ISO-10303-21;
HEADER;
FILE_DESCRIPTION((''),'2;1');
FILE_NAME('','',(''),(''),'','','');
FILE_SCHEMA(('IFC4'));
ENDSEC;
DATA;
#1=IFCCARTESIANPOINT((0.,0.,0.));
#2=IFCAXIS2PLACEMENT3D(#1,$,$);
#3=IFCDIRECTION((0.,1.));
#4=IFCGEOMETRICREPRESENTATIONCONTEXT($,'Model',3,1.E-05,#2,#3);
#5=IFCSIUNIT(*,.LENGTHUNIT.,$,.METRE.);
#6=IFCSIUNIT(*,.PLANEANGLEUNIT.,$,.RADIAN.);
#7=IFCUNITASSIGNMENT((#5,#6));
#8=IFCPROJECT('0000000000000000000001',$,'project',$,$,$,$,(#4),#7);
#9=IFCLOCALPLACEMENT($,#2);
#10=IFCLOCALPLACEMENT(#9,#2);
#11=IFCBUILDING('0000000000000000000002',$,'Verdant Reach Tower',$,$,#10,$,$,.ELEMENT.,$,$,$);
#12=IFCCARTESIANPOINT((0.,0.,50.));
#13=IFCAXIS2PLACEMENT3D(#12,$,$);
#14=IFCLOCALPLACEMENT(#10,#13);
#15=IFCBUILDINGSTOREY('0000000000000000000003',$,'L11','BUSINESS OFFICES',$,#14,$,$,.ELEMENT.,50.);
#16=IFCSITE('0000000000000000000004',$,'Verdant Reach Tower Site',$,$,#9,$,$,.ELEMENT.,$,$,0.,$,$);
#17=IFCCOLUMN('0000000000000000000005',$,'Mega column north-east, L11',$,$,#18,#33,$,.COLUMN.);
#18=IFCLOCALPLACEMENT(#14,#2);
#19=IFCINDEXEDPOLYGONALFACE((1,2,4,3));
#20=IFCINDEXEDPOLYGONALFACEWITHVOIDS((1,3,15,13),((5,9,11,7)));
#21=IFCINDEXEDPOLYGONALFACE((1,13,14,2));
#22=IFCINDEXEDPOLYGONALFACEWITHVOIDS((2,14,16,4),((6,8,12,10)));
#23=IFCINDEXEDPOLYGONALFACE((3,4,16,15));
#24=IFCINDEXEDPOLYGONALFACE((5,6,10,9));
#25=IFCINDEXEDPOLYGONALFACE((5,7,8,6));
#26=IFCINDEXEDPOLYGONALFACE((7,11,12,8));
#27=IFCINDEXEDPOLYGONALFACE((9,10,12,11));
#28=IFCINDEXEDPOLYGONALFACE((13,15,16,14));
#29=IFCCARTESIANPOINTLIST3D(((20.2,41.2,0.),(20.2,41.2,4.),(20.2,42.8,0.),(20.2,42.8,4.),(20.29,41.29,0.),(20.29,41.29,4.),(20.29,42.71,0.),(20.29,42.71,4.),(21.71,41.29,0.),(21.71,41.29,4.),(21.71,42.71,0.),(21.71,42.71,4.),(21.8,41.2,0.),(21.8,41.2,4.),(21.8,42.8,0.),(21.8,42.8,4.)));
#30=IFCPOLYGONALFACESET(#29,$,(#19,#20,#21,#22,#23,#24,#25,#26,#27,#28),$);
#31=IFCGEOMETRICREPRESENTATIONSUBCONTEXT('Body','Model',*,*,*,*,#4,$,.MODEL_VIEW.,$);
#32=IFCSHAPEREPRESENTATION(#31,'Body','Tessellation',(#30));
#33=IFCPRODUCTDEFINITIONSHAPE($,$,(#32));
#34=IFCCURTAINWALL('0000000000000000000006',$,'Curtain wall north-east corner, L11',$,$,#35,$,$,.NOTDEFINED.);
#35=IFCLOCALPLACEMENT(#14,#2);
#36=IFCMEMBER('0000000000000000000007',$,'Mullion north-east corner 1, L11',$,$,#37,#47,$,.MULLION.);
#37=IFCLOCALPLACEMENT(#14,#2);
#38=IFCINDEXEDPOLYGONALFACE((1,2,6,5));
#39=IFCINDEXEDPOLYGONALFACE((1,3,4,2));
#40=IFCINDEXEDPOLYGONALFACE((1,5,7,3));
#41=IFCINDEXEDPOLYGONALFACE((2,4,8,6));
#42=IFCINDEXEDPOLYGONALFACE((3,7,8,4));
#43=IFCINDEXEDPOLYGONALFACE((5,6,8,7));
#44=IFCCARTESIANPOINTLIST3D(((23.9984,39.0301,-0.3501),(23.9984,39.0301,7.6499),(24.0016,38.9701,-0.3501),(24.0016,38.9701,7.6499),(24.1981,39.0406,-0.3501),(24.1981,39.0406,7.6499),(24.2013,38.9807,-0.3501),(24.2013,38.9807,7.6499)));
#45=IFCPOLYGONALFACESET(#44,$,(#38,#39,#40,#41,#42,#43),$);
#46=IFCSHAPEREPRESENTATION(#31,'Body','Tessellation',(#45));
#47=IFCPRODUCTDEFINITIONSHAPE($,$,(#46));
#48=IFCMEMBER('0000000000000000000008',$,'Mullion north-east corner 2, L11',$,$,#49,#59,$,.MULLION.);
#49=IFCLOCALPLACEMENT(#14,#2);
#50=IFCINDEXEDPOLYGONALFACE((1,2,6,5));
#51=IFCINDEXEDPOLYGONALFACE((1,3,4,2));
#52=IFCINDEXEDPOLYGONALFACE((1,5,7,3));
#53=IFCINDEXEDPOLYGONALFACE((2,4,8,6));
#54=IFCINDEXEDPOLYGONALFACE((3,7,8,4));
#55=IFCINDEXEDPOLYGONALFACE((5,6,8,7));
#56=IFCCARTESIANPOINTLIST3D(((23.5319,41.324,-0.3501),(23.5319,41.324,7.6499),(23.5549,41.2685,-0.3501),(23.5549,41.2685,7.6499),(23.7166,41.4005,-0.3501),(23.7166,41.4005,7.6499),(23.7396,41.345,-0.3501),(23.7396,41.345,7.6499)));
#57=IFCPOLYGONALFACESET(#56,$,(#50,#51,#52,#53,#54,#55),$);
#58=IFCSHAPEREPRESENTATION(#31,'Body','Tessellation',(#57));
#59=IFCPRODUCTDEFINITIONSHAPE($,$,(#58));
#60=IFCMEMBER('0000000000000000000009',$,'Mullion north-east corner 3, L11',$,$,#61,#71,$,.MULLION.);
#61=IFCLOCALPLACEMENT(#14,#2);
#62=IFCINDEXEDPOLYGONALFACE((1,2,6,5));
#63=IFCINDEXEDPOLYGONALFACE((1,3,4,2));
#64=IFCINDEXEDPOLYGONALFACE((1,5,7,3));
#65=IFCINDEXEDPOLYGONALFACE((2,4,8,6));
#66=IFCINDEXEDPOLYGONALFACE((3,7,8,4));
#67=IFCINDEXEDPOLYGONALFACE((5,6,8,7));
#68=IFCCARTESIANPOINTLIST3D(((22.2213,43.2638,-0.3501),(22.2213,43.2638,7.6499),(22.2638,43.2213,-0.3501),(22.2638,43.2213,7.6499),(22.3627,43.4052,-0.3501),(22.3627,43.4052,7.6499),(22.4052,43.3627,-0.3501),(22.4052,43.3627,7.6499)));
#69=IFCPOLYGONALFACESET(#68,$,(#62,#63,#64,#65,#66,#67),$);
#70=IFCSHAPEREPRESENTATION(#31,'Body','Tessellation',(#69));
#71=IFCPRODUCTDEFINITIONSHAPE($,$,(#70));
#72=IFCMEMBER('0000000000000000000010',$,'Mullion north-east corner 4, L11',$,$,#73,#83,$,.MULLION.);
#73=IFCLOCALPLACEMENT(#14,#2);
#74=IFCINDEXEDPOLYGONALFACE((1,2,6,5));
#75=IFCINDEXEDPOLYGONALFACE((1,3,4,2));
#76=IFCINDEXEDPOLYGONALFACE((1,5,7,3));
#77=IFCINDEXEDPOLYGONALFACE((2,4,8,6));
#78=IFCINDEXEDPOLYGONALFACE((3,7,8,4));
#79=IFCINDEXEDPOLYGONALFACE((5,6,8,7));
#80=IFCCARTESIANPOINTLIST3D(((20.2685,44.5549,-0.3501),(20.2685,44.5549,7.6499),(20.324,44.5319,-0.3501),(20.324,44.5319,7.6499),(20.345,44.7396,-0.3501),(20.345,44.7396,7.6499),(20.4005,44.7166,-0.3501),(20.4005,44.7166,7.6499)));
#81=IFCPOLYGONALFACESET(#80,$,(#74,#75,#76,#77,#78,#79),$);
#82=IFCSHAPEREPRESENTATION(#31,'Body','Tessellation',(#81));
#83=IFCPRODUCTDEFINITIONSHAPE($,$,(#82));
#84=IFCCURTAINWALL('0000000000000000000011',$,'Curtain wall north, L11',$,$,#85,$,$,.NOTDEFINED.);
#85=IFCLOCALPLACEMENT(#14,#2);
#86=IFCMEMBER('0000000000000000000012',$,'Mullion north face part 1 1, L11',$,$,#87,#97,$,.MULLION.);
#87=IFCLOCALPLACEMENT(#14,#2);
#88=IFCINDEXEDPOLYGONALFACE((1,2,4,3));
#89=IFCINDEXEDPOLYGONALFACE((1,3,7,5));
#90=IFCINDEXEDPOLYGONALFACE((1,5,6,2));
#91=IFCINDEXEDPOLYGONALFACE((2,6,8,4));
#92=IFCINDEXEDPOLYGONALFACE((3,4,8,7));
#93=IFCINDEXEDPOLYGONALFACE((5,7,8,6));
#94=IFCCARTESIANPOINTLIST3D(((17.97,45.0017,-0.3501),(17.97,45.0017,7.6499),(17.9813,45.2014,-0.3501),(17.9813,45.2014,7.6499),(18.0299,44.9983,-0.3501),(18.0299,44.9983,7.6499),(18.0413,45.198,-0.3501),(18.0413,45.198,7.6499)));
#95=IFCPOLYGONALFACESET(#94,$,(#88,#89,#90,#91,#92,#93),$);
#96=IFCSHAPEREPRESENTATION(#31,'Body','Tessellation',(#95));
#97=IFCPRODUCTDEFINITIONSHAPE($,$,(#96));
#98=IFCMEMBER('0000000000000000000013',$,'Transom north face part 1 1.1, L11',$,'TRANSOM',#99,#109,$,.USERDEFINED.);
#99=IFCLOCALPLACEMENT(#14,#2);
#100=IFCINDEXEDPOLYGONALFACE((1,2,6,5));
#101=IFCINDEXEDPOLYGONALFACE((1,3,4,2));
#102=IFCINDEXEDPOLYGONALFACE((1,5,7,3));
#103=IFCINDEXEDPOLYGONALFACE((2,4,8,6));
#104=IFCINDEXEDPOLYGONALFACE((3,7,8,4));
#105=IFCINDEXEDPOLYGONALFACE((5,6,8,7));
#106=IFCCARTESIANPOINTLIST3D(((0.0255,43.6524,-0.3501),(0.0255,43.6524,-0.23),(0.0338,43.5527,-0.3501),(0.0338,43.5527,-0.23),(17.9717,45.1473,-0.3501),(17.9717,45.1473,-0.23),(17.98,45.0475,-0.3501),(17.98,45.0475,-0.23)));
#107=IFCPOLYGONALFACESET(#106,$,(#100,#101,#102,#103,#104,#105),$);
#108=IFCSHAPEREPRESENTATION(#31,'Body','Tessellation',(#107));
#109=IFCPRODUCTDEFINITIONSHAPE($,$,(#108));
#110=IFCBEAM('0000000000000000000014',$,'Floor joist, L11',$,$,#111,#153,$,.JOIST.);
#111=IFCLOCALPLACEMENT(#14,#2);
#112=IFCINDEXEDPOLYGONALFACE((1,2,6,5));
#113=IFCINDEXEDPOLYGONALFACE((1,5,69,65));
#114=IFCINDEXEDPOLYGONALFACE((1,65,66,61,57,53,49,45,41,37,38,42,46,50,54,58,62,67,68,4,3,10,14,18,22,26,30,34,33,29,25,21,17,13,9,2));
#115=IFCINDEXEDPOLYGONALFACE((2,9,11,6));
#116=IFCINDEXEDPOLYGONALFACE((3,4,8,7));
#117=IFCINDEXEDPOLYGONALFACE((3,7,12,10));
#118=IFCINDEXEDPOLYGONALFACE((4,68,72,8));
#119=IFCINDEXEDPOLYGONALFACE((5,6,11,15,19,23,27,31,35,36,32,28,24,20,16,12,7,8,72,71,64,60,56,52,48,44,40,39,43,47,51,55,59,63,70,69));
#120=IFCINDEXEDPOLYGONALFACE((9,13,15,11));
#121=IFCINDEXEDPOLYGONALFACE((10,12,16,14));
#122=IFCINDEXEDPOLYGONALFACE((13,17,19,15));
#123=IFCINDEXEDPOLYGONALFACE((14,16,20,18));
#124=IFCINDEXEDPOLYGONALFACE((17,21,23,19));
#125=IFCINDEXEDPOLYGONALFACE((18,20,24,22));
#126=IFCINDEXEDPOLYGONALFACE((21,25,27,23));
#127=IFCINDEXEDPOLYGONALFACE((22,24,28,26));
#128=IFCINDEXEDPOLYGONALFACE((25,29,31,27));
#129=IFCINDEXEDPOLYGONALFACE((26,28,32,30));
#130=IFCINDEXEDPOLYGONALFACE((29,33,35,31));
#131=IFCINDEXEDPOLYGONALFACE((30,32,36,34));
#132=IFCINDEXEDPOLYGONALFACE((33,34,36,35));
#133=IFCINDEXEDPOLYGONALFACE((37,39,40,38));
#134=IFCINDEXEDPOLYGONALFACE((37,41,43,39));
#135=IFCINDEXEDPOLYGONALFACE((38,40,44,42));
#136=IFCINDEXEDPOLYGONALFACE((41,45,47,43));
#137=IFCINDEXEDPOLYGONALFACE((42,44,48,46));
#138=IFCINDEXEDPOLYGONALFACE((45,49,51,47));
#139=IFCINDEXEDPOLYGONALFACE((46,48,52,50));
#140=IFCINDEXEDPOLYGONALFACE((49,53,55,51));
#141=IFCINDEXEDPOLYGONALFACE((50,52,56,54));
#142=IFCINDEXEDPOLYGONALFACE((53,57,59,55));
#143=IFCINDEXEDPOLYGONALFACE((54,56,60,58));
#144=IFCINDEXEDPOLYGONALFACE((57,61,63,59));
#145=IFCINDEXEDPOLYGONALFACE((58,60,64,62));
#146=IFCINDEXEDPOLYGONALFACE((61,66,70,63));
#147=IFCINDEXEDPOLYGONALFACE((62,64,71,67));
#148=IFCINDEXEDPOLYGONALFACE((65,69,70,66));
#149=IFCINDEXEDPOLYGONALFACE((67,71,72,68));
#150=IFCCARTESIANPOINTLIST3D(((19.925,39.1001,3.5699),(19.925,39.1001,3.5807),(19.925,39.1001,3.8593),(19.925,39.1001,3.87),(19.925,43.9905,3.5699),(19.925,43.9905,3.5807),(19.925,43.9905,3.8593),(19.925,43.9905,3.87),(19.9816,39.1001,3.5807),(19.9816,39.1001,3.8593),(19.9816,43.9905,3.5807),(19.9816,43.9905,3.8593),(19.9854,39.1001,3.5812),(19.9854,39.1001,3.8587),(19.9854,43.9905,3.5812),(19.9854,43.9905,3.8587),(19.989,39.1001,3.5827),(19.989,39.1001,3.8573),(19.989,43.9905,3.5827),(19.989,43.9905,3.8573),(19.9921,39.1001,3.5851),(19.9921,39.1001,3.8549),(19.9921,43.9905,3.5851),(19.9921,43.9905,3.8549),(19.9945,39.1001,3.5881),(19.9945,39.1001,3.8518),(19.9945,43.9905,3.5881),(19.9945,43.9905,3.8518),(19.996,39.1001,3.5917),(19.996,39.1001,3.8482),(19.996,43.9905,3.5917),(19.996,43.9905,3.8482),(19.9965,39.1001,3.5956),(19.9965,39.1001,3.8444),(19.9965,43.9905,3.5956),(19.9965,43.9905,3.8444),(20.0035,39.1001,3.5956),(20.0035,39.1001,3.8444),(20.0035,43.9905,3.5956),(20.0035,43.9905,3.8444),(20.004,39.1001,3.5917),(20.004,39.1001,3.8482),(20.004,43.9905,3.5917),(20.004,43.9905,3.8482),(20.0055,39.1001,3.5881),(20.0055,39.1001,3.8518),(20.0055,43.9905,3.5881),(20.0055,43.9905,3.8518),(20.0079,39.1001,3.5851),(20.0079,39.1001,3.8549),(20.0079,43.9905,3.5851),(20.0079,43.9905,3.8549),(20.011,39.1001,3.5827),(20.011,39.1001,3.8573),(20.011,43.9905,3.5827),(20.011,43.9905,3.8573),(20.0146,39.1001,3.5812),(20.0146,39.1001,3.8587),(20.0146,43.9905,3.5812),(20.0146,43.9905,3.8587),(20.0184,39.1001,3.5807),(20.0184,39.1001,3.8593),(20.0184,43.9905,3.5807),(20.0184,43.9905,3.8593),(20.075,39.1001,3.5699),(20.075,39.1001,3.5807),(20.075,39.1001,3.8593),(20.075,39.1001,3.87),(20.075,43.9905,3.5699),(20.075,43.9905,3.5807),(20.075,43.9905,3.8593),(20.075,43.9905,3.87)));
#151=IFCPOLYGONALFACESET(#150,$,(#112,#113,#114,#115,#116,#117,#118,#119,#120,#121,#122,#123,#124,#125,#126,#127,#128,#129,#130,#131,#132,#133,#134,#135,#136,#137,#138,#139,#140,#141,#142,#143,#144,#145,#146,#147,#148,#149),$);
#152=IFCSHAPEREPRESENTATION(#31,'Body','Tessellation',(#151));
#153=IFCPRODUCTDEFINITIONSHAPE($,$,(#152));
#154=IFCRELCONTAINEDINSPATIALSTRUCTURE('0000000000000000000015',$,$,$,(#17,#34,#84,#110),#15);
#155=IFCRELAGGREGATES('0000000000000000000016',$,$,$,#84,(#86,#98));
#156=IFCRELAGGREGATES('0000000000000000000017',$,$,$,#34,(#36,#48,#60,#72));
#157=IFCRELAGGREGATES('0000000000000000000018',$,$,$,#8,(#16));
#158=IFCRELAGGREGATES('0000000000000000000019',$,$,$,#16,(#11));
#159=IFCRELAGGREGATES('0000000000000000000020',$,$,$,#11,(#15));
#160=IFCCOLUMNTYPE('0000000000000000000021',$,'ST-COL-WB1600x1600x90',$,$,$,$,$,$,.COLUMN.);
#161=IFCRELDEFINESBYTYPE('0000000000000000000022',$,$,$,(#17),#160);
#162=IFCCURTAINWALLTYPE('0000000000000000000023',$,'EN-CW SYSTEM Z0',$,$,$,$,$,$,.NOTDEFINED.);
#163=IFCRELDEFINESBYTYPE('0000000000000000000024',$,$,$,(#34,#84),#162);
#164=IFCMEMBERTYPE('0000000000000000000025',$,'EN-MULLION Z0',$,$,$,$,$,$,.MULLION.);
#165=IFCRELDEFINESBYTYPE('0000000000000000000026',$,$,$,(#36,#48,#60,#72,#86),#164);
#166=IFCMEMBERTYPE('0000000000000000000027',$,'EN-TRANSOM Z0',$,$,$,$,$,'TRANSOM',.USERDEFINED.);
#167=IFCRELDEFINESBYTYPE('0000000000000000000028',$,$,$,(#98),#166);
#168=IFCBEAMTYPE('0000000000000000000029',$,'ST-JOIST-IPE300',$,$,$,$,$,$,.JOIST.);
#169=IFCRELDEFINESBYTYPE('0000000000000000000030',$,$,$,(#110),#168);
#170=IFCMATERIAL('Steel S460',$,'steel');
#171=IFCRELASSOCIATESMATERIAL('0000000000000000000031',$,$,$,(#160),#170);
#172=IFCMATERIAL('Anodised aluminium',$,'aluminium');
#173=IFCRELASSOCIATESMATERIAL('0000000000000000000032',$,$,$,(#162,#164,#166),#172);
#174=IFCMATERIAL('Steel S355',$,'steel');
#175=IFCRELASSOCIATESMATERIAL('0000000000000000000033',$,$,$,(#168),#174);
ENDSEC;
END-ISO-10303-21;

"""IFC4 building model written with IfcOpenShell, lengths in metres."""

from ifc_helpers import new_model, si_unit, direction, frame, origin, origin_2d, place, context, subcontext, project, spatial, rectangle, hollow_rectangle, i_section, extrude, material, material_profile, profile_set, type_object, element, aggregate, save


model = new_model("IFC4")

# Units and contexts
model_context = context("Model", 3, precision=1e-05, world=origin(), true_north=direction((0.0, 1.0)))
body_context = subcontext(model_context, "Body", "Model", "MODEL_VIEW")
ifc_project = project(units=[si_unit("LENGTHUNIT", "METRE"), si_unit("PLANEANGLEUNIT", "RADIAN")], contexts=[model_context])

# Site, building, storey
site_placement = place(None, origin())
site = spatial("IfcSite", under=ifc_project, at=site_placement, Name="Verdant Reach Tower Site", CompositionType="ELEMENT", RefElevation=0.0)
building_placement = place(site_placement, origin())
building = spatial("IfcBuilding", under=site, at=building_placement, Name="Verdant Reach Tower", CompositionType="ELEMENT")
storey_placement = place(building_placement, frame((0.0, 0.0, 50.0)))
storey = spatial("IfcBuildingStorey", under=building, at=storey_placement, Name="L11", Description="BUSINESS OFFICES", CompositionType="ELEMENT", Elevation=50.0)

# Column
ifc_material_1 = material(Name="Steel S460", Category="steel")
ifc_material_profile_1 = material_profile(ifc_material_1, hollow_rectangle(XDim=1.6001, YDim=1.6001, WallThickness=0.0901, at=origin_2d()), Name="WB 1600x1600x90")
ifc_profile_set_1 = profile_set([ifc_material_profile_1], Name="Steel S460")
column_type = type_object("IfcColumnType", Name="ST-COL-WB1600x1600x90", PredefinedType="COLUMN", material=ifc_profile_set_1)
column_placement = place(storey_placement, frame((21.0, 42.0, 0.0), z_axis=(0.0, 0.0, 1.0), x_axis=(1.0, 0.0, 0.0)))
element("IfcColumn", 1, at=column_placement, inside=storey, type_object=column_type, Name="Mega column north-east, L11", PredefinedType="COLUMN", context=body_context, shape_type="SweptSolid", body=[
    extrude(hollow_rectangle(XDim=1.6001, YDim=1.6001, WallThickness=0.0901, at=origin_2d()), origin(), (0.0, 0.0, 1.0), 4.0),
])

# Curtain walls, members
ifc_material_2 = material(Name="Anodised aluminium", Category="aluminium")
curtain_wall_type = type_object("IfcCurtainWallType", Name="EN-CW SYSTEM Z0", PredefinedType="NOTDEFINED", material=ifc_material_2)
curtain_wall_1_placement = place(storey_placement, origin())
curtain_wall_1 = element("IfcCurtainWall", 2, at=curtain_wall_1_placement, inside=storey, type_object=curtain_wall_type, Name="Curtain wall north-east corner, L11", PredefinedType="NOTDEFINED")
ifc_material_profile_2 = material_profile(ifc_material_2, rectangle(XDim=0.2, YDim=0.0601, at=origin_2d()), Name="Mullion 60x200")
ifc_profile_set_2 = profile_set([ifc_material_profile_2], Name="Anodised aluminium")
member_type_1 = type_object("IfcMemberType", Name="EN-MULLION Z0", PredefinedType="MULLION", material=ifc_profile_set_2)
member_1_placement = place(storey_placement, frame((24.0999, 39.0054, -0.3501), z_axis=(0.0, 0.0, 1.0), x_axis=(0.998604, 0.052815, 0.0)))
member_1 = element("IfcMember", 3, at=member_1_placement, type_object=member_type_1, Name="Mullion north-east corner 1, L11", PredefinedType="MULLION", context=body_context, shape_type="SweptSolid", body=[
    extrude(rectangle(XDim=0.2, YDim=0.0601, at=origin_2d()), origin(), (0.0, 0.0, 1.0), 8.0),
])
member_2_placement = place(storey_placement, frame((23.6357, 41.3345, -0.3501), z_axis=(0.0, 0.0, 1.0), x_axis=(0.923875, 0.382694, 0.0)))
member_2 = element("IfcMember", 4, at=member_2_placement, type_object=member_type_1, Name="Mullion north-east corner 2, L11", PredefinedType="MULLION", context=body_context, shape_type="SweptSolid", body=[
    extrude(rectangle(XDim=0.2, YDim=0.0601, at=origin_2d()), origin(), (0.0, 0.0, 1.0), 8.0),
])
member_3_placement = place(storey_placement, frame((22.3132, 43.3132, -0.3501), z_axis=(0.0, 0.0, 1.0), x_axis=(0.707107, 0.707107, 0.0)))
member_3 = element("IfcMember", 5, at=member_3_placement, type_object=member_type_1, Name="Mullion north-east corner 3, L11", PredefinedType="MULLION", context=body_context, shape_type="SweptSolid", body=[
    extrude(rectangle(XDim=0.2, YDim=0.0601, at=origin_2d()), origin(), (0.0, 0.0, 1.0), 8.0),
])
member_4_placement = place(storey_placement, frame((20.3345, 44.6357, -0.3501), z_axis=(0.0, 0.0, 1.0), x_axis=(0.382694, 0.923875, 0.0)))
member_4 = element("IfcMember", 6, at=member_4_placement, type_object=member_type_1, Name="Mullion north-east corner 4, L11", PredefinedType="MULLION", context=body_context, shape_type="SweptSolid", body=[
    extrude(rectangle(XDim=0.2, YDim=0.0601, at=origin_2d()), origin(), (0.0, 0.0, 1.0), 8.0),
])
curtain_wall_2_placement = place(storey_placement, origin())
curtain_wall_2 = element("IfcCurtainWall", 7, at=curtain_wall_2_placement, inside=storey, type_object=curtain_wall_type, Name="Curtain wall north, L11", PredefinedType="NOTDEFINED")
member_5_placement = place(storey_placement, frame((18.0056, 45.0999, -0.3501), z_axis=(0.0, 0.0, 1.0), x_axis=(0.056569, 0.998399, 0.0)))
member_5 = element("IfcMember", 8, at=member_5_placement, type_object=member_type_1, Name="Mullion north face part 1 1, L11", PredefinedType="MULLION", context=body_context, shape_type="SweptSolid", body=[
    extrude(rectangle(XDim=0.2, YDim=0.0601, at=origin_2d()), origin(), (0.0, 0.0, 1.0), 8.0),
])
ifc_material_profile_3 = material_profile(ifc_material_2, rectangle(XDim=0.1001, YDim=0.1201, at=origin_2d()), Name="Transom 120x100")
ifc_profile_set_3 = profile_set([ifc_material_profile_3], Name="Anodised aluminium")
member_type_2 = type_object("IfcMemberType", Name="EN-TRANSOM Z0", ElementType="TRANSOM", PredefinedType="USERDEFINED", material=ifc_profile_set_3)
member_6_placement = place(storey_placement, frame((17.9758, 45.0974, -0.29), z_axis=(-0.996549, -0.083011, 0.0), x_axis=(0.083011, -0.996549, 0.0)))
member_6 = element("IfcMember", 9, at=member_6_placement, type_object=member_type_2, Name="Transom north face part 1 1.1, L11", ObjectType="TRANSOM", PredefinedType="USERDEFINED", context=body_context, shape_type="SweptSolid", body=[
    extrude(rectangle(XDim=0.1001, YDim=0.1201, at=origin_2d()), origin(), (0.0, 0.0, 1.0), 18.0083),
])

# Beam
ifc_material_3 = material(Name="Steel S355", Category="steel")
ifc_material_profile_4 = material_profile(ifc_material_3, i_section(OverallWidth=0.1499, OverallDepth=0.3, WebThickness=0.0071, FlangeThickness=0.0107, FilletRadius=0.0149, at=origin_2d()), Name="IPE 300")
ifc_profile_set_4 = profile_set([ifc_material_profile_4], Name="Steel S355")
beam_type_1 = type_object("IfcBeamType", Name="ST-JOIST-IPE300", PredefinedType="JOIST", material=ifc_profile_set_4)
beam_1_placement = place(storey_placement, frame((20.0, 39.1001, 3.72), z_axis=(0.0, 1.0, 0.0), x_axis=(-1.0, 0.0, 0.0)))
element("IfcBeam", 10, at=beam_1_placement, inside=storey, type_object=beam_type_1, Name="Floor joist, L11", PredefinedType="JOIST", context=body_context, shape_type="SweptSolid", body=[
    extrude(i_section(OverallWidth=0.1499, OverallDepth=0.3, WebThickness=0.0071, FlangeThickness=0.0107, FilletRadius=0.0149, at=origin_2d()), origin(), (0.0, 0.0, 1.0), 4.8904),
])

aggregate(curtain_wall_2, [member_5, member_6])

aggregate(curtain_wall_1, [member_1, member_2, member_3, member_4])

save(model, "model.ifc")
